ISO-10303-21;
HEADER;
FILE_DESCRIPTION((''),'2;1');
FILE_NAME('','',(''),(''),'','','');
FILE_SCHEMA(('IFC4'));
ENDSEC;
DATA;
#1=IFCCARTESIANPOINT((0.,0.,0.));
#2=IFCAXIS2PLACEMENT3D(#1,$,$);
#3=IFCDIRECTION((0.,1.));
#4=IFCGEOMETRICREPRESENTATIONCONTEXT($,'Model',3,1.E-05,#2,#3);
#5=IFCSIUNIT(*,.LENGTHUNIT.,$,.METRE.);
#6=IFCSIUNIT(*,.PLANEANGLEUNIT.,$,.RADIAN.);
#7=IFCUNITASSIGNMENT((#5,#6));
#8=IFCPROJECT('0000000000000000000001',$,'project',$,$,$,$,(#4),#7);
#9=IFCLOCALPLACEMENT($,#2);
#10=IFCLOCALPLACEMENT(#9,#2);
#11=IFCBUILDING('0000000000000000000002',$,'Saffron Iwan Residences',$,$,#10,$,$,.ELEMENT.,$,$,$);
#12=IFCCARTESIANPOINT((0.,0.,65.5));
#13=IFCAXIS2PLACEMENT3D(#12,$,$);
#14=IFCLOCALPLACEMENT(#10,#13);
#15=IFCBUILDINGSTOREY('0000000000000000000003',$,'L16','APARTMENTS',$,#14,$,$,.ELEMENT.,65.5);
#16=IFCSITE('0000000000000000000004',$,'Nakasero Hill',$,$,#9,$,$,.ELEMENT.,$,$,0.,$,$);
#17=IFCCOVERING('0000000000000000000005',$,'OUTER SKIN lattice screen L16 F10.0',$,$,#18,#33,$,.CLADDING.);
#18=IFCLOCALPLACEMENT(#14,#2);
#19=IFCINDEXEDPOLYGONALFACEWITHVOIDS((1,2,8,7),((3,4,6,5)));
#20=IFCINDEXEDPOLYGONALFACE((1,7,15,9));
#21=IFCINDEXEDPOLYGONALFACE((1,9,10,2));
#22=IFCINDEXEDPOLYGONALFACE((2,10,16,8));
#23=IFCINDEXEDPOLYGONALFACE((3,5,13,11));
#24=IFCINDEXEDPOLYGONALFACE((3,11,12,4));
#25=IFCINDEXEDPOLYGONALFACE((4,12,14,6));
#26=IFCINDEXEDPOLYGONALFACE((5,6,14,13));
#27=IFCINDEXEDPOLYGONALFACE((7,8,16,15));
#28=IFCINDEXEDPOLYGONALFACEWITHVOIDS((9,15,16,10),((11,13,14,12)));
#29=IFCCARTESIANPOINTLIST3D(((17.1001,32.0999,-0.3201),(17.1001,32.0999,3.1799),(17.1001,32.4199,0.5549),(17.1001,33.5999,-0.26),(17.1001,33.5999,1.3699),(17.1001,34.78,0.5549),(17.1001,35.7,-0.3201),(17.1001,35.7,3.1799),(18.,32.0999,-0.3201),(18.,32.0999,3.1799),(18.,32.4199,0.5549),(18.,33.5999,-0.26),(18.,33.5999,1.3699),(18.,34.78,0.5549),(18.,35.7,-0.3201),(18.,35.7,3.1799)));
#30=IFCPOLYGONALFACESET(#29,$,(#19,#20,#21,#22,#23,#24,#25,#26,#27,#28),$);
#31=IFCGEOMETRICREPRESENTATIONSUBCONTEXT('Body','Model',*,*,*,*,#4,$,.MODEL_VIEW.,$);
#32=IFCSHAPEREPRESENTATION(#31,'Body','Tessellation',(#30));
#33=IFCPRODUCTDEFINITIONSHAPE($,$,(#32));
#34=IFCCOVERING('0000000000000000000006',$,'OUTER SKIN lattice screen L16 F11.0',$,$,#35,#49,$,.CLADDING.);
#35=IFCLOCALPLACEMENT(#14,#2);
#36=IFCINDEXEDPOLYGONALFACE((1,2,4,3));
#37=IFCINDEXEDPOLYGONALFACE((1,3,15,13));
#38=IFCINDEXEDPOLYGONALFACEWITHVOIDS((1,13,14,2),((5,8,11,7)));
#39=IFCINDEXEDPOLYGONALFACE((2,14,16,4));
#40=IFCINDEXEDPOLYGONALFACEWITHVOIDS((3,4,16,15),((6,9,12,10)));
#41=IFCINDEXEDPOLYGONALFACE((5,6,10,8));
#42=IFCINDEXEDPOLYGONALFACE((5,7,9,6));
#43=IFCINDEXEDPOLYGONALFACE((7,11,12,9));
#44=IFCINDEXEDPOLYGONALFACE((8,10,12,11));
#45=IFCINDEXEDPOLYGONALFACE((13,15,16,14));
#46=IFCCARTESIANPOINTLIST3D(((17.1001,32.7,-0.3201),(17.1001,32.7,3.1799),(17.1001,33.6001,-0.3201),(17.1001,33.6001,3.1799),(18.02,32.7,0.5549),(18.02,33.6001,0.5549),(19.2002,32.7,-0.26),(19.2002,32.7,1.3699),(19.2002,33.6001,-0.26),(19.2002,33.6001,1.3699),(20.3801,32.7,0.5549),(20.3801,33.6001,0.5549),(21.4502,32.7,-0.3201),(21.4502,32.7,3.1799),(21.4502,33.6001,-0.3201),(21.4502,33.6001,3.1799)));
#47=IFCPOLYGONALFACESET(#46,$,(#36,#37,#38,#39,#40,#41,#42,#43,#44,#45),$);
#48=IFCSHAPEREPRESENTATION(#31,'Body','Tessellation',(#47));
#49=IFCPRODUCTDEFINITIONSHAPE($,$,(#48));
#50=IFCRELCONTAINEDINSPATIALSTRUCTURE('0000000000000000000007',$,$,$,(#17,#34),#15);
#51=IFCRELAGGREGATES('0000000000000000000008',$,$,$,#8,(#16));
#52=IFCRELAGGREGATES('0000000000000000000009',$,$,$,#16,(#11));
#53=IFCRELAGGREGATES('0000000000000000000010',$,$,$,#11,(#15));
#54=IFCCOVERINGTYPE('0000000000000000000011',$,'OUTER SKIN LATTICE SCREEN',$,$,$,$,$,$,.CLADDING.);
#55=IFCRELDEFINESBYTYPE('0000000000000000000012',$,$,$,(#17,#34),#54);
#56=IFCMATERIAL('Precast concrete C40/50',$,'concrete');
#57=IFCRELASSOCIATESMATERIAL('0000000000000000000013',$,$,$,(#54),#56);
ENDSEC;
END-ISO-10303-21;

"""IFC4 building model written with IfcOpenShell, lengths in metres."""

from ifc_helpers import new_model, si_unit, direction, frame, origin, place, context, subcontext, project, spatial, polyline, outline, extrude, material, type_object, element, save


model = new_model("IFC4")

# Units and contexts
model_context = context("Model", 3, precision=1e-05, world=origin(), true_north=direction((0.0, 1.0)))
body_context = subcontext(model_context, "Body", "Model", "MODEL_VIEW")
ifc_project = project(units=[si_unit("LENGTHUNIT", "METRE"), si_unit("PLANEANGLEUNIT", "RADIAN")], contexts=[model_context])

# Site, building, storey
site_placement = place(None, origin())
site = spatial("IfcSite", under=ifc_project, at=site_placement, Name="Nakasero Hill", CompositionType="ELEMENT", RefElevation=0.0)
building_placement = place(site_placement, origin())
building = spatial("IfcBuilding", under=site, at=building_placement, Name="Saffron Iwan Residences", CompositionType="ELEMENT")
storey_placement = place(building_placement, frame((0.0, 0.0, 65.5)))
storey = spatial("IfcBuildingStorey", under=building, at=storey_placement, Name="L16", Description="APARTMENTS", CompositionType="ELEMENT", Elevation=65.5)

# Coverings
ifc_material_1 = material(Name="Precast concrete C40/50", Category="concrete")
covering_type = type_object("IfcCoveringType", Name="OUTER SKIN LATTICE SCREEN", PredefinedType="CLADDING", material=ifc_material_1)
for number, where, z_axis, x_axis, name in (
    (1, (18.0, 35.7, -0.3201), (-1.0, 0.0, 0.0), (0.0, -1.0, 0.0), "OUTER SKIN lattice screen L16 F10.0"),
):
    element("IfcCovering", number, at=place(storey_placement, frame(where, z_axis=z_axis, x_axis=x_axis)), inside=storey, type_object=covering_type, Name=name, PredefinedType="CLADDING", context=body_context, shape_type="SweptSolid", body=[
        extrude(outline(polyline([(0.0, 0.0), (3.6001, 0.0), (3.6001, 3.5), (0.0, 3.5), (0.0, 0.0)]), holes=[polyline([(0.9199, 0.875), (2.1001, 0.0601), (3.28, 0.875), (2.1001, 1.6899), (0.9199, 0.875)])]), origin(), (0.0, 0.0, 1.0), 0.8999),
    ])
covering_placement = place(storey_placement, frame((17.1001, 33.6001, -0.3201), z_axis=(0.0, -1.0, 0.0), x_axis=(1.0, 0.0, 0.0)))
element("IfcCovering", 2, at=covering_placement, inside=storey, type_object=covering_type, Name="OUTER SKIN lattice screen L16 F11.0", PredefinedType="CLADDING", context=body_context, shape_type="SweptSolid", body=[
    extrude(outline(polyline([(0.0, 0.0), (4.3501, 0.0), (4.3501, 3.5), (0.0, 3.5), (0.0, 0.0)]), holes=[polyline([(0.9199, 0.875), (2.1001, 0.0601), (3.28, 0.875), (2.1001, 1.6899), (0.9199, 0.875)])]), origin(), (0.0, 0.0, 1.0), 0.9001),
])

save(model, "model.ifc")
